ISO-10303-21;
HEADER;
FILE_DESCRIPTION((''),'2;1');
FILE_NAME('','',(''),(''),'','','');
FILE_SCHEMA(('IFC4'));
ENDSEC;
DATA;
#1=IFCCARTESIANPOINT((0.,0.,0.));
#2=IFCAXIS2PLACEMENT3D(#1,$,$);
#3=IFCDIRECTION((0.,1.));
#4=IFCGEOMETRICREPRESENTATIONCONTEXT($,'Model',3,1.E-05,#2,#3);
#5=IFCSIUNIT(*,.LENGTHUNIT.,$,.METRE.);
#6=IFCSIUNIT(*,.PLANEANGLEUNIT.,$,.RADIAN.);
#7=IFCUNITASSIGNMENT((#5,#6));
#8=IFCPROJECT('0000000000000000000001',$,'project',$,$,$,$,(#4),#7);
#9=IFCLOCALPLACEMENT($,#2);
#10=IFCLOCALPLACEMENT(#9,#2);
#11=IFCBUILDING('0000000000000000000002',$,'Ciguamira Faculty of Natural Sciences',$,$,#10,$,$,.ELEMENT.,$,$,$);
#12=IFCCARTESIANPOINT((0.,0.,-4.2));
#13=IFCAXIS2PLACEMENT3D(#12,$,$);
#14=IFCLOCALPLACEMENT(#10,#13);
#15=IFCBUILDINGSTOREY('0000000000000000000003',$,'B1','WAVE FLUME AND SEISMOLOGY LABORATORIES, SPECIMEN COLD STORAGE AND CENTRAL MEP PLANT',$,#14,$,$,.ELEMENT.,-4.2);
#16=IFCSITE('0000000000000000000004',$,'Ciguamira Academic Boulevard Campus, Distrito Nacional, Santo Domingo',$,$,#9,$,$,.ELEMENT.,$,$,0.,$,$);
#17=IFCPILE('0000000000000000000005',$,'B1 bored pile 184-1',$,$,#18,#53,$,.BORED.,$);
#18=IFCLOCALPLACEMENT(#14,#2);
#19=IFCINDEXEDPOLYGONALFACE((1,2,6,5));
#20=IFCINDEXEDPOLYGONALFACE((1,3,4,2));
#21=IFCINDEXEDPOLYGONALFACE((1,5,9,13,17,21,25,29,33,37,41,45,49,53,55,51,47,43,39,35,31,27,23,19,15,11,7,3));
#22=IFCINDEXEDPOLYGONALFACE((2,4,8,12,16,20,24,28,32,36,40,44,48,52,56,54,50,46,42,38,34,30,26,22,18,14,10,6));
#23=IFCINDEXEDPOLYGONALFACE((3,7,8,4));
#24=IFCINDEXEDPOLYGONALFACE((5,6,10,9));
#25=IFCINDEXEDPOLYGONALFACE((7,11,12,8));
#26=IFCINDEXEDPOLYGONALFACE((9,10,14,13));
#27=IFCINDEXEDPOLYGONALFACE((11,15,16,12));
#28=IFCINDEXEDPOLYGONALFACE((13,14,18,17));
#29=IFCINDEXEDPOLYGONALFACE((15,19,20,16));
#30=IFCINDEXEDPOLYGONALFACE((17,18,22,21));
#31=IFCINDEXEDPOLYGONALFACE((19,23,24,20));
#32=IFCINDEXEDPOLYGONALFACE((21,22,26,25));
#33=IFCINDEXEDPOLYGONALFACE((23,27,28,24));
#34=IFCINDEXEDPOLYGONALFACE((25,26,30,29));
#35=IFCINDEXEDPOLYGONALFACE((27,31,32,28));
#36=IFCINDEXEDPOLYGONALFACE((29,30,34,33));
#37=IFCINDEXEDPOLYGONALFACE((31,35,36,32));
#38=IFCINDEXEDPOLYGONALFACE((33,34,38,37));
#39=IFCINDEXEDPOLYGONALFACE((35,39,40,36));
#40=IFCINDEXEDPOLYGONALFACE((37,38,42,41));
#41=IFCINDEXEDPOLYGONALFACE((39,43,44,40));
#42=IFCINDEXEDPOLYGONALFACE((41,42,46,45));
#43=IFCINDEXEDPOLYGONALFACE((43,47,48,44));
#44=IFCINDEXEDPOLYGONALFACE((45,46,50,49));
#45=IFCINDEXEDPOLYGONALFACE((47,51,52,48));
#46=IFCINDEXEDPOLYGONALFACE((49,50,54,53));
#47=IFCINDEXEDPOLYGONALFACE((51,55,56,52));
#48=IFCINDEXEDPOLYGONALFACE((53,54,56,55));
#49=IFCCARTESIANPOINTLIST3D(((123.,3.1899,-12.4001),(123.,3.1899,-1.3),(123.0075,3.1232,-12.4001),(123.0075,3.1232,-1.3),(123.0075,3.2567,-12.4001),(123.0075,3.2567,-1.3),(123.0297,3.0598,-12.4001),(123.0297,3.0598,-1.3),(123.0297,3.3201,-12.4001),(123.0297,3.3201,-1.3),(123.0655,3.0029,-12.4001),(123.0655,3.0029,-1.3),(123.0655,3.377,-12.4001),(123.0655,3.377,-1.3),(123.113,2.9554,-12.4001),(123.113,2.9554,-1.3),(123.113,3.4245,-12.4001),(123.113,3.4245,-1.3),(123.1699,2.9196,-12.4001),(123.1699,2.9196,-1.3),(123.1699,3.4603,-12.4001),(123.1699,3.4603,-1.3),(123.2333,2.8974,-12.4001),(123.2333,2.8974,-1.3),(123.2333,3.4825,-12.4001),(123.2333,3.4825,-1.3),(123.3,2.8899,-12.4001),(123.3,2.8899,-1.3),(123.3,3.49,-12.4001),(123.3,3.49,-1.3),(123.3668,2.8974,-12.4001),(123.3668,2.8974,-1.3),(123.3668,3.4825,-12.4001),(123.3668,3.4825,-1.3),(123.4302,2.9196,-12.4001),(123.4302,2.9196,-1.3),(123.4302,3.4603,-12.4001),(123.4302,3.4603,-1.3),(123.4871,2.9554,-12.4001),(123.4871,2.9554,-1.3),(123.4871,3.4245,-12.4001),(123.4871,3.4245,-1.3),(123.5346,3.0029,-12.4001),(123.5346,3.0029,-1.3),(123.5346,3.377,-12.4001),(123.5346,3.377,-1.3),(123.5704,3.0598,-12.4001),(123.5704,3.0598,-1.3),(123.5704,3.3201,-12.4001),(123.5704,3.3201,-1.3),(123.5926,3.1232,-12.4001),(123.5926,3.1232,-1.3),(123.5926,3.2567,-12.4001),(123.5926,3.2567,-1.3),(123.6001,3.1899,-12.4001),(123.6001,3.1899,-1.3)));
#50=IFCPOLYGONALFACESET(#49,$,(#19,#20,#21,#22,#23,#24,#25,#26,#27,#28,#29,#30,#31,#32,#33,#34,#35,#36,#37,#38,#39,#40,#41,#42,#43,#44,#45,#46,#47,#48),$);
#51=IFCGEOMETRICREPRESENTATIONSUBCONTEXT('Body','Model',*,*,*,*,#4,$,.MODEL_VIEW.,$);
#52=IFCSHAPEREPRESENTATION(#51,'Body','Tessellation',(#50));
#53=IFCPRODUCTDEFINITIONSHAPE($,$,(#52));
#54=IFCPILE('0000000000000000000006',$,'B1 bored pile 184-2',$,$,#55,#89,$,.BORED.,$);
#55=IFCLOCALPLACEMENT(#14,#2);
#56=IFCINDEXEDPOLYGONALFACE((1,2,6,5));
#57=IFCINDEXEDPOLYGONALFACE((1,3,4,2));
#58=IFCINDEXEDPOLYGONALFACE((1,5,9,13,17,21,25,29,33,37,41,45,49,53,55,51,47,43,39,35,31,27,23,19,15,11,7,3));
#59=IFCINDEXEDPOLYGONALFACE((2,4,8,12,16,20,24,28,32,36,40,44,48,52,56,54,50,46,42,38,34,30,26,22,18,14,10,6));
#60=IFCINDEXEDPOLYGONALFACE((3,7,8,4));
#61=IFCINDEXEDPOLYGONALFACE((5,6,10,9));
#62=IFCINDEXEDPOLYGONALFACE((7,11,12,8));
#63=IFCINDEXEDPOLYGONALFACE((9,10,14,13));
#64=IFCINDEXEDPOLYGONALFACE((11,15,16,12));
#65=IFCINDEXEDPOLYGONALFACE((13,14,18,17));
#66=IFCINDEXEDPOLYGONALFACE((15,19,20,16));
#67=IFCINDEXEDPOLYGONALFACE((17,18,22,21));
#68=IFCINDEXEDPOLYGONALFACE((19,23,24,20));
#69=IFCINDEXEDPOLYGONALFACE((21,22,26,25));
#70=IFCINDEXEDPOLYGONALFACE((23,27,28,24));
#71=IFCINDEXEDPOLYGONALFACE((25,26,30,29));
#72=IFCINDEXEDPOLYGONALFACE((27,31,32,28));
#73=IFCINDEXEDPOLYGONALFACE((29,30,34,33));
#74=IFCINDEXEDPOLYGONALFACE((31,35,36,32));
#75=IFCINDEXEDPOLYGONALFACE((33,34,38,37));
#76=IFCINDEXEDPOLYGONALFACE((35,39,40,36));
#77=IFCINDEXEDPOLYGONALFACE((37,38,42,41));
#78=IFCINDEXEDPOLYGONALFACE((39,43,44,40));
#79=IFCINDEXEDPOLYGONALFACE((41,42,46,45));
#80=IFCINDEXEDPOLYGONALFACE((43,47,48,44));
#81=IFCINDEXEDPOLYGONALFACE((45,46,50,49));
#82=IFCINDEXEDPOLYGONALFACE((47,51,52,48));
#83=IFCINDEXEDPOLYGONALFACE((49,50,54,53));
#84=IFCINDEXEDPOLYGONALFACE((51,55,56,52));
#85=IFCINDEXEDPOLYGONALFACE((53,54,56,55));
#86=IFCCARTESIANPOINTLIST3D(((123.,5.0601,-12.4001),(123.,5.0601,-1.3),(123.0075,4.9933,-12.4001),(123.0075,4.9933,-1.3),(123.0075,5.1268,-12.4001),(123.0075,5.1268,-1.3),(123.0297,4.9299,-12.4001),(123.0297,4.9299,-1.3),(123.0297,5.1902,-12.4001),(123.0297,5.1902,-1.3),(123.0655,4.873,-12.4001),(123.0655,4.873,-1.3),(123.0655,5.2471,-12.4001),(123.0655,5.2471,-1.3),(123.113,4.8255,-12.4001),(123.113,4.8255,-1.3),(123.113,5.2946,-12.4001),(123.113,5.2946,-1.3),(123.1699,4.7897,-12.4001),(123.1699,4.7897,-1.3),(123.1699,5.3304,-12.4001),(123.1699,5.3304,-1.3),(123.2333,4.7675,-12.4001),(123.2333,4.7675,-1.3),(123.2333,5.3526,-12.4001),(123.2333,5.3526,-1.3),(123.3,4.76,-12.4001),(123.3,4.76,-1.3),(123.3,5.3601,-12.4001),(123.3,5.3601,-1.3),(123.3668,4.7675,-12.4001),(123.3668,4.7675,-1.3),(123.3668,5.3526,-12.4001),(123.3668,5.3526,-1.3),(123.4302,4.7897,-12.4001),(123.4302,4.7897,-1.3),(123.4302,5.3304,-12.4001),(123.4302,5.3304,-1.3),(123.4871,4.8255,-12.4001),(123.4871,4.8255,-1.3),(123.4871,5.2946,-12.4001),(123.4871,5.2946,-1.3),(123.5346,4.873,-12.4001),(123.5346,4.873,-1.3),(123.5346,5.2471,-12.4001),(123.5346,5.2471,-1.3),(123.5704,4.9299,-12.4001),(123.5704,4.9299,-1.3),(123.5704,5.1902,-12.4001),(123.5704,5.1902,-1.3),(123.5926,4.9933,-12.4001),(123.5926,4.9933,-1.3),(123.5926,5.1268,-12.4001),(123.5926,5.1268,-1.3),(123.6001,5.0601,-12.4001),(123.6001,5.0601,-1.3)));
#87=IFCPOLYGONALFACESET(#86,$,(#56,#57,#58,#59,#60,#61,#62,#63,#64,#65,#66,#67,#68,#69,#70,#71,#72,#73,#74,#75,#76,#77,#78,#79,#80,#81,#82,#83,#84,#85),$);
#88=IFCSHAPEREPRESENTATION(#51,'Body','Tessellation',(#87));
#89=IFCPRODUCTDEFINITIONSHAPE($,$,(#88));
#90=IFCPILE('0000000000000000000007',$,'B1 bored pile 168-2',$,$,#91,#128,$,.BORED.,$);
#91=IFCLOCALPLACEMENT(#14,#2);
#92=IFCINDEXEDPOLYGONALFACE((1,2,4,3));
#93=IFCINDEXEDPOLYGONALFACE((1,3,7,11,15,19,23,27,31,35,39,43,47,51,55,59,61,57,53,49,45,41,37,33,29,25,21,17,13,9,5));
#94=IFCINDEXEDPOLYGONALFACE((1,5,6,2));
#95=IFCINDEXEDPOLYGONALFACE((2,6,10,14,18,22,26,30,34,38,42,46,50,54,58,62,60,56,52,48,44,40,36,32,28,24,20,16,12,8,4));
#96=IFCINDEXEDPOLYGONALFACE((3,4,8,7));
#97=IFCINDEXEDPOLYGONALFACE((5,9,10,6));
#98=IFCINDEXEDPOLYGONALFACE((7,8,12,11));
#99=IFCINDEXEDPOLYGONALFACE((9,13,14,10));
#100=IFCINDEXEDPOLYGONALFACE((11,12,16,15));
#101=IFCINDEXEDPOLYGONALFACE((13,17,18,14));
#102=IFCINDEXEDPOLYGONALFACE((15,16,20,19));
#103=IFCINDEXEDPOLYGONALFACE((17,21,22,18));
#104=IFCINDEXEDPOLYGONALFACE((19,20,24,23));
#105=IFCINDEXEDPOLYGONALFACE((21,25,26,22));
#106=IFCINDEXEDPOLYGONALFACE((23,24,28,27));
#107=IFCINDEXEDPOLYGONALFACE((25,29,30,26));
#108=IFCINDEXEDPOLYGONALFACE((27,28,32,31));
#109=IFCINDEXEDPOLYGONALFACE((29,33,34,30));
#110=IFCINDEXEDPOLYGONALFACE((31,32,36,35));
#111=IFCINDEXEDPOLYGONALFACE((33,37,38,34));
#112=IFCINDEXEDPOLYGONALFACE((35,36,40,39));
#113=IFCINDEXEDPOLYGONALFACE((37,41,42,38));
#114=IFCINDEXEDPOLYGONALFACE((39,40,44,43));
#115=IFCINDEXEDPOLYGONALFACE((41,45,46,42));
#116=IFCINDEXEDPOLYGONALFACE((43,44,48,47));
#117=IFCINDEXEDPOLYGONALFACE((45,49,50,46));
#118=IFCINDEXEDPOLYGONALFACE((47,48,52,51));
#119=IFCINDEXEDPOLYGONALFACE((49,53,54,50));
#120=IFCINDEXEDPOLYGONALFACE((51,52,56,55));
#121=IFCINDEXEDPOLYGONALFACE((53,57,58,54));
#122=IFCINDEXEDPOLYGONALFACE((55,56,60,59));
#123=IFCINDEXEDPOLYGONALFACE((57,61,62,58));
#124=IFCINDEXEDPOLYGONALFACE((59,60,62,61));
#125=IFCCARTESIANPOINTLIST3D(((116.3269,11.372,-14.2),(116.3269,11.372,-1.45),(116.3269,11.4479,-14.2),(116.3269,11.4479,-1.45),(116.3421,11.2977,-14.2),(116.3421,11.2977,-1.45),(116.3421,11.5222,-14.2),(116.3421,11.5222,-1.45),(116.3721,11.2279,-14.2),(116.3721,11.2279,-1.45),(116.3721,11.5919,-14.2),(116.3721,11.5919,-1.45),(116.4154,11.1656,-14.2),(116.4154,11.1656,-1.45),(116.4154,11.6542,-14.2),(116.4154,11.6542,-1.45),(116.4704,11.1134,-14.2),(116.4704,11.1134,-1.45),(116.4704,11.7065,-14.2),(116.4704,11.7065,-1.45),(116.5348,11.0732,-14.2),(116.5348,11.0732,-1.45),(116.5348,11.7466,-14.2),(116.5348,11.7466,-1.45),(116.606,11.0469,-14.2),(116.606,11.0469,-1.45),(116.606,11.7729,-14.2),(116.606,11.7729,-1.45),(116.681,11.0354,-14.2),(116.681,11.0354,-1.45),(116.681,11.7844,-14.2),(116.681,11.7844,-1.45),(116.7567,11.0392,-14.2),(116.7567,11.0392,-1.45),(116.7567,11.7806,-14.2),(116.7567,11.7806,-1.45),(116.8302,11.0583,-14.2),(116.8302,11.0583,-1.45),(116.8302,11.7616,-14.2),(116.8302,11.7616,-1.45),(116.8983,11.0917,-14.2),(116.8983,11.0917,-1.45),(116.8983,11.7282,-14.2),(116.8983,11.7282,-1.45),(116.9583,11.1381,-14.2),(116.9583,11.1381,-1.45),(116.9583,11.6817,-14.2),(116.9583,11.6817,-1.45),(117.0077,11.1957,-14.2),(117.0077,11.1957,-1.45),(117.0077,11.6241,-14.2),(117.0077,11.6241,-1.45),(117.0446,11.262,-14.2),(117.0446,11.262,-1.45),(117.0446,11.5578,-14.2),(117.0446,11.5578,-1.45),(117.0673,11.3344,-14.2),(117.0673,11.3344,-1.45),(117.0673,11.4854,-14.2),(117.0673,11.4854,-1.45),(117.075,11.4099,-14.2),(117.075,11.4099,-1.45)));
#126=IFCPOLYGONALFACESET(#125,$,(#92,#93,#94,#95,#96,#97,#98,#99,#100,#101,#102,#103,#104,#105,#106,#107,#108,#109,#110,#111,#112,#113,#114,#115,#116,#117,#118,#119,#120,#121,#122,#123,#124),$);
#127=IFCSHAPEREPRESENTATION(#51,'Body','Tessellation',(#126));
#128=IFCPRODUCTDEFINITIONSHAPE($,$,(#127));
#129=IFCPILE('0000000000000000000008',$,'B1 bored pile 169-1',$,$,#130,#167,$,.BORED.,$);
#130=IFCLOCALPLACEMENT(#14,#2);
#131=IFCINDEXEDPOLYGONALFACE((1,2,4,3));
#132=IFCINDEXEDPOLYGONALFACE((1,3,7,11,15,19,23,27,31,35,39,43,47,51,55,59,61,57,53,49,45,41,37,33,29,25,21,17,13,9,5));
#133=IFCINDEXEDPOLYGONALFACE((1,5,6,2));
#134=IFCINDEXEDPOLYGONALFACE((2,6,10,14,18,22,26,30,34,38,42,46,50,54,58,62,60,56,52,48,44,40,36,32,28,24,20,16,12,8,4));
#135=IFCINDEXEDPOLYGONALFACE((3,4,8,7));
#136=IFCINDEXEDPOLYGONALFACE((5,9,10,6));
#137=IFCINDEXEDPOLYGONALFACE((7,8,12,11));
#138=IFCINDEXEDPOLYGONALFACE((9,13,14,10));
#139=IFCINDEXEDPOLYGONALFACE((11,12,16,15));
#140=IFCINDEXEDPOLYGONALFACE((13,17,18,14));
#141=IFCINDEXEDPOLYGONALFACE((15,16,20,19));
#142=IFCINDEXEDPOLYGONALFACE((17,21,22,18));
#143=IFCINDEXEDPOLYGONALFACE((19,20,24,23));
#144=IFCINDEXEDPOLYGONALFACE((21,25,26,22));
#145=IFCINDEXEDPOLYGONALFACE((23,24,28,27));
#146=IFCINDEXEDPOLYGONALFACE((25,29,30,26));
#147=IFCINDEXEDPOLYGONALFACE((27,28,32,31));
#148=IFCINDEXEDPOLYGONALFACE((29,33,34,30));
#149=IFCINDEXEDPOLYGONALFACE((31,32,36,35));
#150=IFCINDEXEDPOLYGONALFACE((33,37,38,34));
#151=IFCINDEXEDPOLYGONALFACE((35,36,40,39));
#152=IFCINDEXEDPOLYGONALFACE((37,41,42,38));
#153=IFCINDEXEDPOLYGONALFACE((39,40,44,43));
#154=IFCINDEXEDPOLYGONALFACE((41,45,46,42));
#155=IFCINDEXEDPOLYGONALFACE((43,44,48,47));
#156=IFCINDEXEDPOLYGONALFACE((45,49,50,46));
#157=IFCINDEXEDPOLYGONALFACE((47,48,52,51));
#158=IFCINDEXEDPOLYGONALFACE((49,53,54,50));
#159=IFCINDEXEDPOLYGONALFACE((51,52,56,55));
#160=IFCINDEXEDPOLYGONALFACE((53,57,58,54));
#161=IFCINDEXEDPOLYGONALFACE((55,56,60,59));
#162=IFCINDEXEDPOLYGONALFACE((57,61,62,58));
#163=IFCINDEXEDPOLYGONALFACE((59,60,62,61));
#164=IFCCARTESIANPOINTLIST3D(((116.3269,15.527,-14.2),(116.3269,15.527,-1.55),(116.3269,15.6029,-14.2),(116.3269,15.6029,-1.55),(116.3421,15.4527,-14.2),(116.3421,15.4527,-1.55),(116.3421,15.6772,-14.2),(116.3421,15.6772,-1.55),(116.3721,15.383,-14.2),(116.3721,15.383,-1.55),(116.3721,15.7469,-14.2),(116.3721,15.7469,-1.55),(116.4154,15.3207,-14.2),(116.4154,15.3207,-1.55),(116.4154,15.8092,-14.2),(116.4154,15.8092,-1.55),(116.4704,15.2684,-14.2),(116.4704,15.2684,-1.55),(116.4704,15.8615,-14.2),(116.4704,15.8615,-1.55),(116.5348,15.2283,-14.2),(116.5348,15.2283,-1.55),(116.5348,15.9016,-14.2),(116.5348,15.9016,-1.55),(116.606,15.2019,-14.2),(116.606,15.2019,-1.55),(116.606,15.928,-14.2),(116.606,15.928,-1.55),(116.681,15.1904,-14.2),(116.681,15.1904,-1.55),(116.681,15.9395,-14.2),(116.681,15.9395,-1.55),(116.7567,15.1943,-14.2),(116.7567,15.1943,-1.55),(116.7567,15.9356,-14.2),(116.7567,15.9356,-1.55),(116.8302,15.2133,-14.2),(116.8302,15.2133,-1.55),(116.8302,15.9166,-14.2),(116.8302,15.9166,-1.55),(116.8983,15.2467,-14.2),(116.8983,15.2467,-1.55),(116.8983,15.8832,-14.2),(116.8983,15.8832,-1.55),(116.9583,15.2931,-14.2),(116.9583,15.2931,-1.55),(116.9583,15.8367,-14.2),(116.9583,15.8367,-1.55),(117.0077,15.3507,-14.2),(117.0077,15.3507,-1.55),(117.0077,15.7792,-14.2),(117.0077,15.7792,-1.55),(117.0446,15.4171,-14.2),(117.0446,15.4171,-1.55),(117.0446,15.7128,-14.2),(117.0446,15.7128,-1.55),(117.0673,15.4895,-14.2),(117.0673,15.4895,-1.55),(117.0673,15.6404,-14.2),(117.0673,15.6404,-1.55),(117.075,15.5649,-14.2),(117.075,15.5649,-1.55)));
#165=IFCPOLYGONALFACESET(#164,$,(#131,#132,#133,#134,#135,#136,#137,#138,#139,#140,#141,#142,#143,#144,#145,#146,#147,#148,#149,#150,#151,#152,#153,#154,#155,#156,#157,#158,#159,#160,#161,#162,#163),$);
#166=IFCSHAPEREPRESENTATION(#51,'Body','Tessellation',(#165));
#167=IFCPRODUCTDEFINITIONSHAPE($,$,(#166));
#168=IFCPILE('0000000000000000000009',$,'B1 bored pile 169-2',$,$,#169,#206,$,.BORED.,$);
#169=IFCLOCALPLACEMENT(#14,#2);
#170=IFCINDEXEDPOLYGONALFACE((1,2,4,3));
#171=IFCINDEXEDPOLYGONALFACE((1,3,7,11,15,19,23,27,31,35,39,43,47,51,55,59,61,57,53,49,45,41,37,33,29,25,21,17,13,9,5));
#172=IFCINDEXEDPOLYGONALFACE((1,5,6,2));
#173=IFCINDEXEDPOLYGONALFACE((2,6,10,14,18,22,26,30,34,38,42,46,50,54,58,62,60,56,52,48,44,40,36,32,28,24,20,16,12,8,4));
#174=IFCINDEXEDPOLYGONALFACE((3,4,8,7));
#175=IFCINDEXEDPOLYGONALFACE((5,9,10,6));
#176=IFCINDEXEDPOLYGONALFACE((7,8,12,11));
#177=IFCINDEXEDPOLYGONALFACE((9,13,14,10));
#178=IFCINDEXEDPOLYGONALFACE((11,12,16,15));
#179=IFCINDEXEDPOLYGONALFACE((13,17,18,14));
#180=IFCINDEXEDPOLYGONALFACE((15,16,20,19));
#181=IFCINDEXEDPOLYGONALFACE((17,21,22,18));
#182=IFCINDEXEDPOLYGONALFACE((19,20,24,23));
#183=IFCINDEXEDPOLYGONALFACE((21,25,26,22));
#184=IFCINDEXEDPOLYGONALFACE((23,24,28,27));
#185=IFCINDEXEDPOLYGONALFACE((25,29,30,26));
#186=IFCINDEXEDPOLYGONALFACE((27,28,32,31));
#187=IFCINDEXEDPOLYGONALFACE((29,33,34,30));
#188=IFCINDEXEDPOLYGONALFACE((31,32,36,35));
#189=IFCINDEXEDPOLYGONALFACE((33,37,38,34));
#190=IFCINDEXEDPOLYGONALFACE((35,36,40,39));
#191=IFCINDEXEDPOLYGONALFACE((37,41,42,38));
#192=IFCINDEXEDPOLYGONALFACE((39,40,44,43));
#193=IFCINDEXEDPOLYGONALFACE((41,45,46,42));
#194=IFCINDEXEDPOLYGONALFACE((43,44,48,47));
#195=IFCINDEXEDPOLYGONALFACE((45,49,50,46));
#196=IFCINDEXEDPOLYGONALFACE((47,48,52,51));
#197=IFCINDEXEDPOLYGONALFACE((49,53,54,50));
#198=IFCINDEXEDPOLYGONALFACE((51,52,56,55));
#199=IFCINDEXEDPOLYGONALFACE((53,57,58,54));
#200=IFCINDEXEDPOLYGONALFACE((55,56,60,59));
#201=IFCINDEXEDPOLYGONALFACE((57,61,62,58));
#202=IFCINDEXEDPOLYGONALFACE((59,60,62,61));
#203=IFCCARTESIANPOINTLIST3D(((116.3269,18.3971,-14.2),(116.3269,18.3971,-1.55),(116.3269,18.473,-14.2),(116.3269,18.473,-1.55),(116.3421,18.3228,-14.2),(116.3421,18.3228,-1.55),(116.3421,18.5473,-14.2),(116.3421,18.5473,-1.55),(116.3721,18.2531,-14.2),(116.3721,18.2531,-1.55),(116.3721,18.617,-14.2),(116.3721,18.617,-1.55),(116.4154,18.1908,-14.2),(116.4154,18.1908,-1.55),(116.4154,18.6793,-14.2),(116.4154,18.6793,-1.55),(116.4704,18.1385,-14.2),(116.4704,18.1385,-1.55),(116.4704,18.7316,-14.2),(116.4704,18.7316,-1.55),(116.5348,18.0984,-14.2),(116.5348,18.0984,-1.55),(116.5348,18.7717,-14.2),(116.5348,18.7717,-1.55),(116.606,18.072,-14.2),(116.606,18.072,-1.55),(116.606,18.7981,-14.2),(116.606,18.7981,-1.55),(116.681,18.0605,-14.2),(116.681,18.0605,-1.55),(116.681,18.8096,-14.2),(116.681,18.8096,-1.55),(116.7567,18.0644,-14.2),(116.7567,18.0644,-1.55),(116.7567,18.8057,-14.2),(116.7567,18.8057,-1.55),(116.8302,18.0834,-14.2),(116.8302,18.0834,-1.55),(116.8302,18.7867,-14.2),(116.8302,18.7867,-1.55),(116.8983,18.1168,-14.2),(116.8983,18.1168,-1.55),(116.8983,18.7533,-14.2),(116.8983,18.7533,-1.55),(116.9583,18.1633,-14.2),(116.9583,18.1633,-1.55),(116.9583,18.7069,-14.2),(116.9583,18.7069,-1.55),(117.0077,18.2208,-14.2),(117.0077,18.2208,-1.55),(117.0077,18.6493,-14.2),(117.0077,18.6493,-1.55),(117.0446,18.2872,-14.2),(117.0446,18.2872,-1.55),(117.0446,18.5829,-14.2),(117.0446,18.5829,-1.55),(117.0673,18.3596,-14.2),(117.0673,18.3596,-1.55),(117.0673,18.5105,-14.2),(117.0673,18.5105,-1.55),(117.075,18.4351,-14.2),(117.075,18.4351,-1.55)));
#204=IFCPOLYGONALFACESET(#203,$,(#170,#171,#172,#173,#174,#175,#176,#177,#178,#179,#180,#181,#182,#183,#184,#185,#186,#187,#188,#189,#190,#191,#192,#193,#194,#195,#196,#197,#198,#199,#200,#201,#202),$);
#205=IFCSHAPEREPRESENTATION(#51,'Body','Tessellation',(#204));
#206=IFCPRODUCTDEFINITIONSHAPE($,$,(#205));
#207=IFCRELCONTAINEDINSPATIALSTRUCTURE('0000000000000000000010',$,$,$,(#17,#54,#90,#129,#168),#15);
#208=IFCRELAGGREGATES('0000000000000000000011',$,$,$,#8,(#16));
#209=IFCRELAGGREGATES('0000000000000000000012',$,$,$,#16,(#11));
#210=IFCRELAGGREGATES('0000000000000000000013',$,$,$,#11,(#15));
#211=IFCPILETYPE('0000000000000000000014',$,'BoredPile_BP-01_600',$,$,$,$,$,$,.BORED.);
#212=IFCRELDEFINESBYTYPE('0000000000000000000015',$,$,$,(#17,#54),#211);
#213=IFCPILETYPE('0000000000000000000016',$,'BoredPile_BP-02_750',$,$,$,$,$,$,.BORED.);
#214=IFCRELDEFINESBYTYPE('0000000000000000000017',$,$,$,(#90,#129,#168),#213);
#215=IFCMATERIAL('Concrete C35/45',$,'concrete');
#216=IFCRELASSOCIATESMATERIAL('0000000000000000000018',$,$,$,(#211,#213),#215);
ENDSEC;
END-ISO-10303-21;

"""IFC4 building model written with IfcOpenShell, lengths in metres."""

from ifc_helpers import new_model, si_unit, direction, frame, origin, origin_2d, place, context, subcontext, project, spatial, circle, extrude, material, material_profile, profile_set, type_object, element, save


model = new_model("IFC4")

# Units and contexts
model_context = context("Model", 3, precision=1e-05, world=origin(), true_north=direction((0.0, 1.0)))
body_context = subcontext(model_context, "Body", "Model", "MODEL_VIEW")
ifc_project = project(units=[si_unit("LENGTHUNIT", "METRE"), si_unit("PLANEANGLEUNIT", "RADIAN")], contexts=[model_context])

# Site, building, storey
site_placement = place(None, origin())
site = spatial("IfcSite", under=ifc_project, at=site_placement, Name="Ciguamira Academic Boulevard Campus, Distrito Nacional, Santo Domingo", CompositionType="ELEMENT", RefElevation=0.0)
building_placement = place(site_placement, origin())
building = spatial("IfcBuilding", under=site, at=building_placement, Name="Ciguamira Faculty of Natural Sciences", CompositionType="ELEMENT")
storey_placement = place(building_placement, frame((0.0, 0.0, -4.2)))
storey = spatial("IfcBuildingStorey", under=building, at=storey_placement, Name="B1", Description="WAVE FLUME AND SEISMOLOGY LABORATORIES, SPECIMEN COLD STORAGE AND CENTRAL MEP PLANT", CompositionType="ELEMENT", Elevation=-4.2)

# Piles
ifc_material_1 = material(Name="Concrete C35/45", Category="concrete")
ifc_material_profile_1 = material_profile(ifc_material_1, circle(Radius=0.3, at=origin_2d()), Name="PILE-BORED-600")
ifc_profile_set_1 = profile_set([ifc_material_profile_1], Name="Concrete C35/45")
pile_type_1 = type_object("IfcPileType", Name="BoredPile_BP-01_600", PredefinedType="BORED", material=ifc_profile_set_1)
for number, where, z_axis, x_axis, name in (
    (1, (123.3, 3.1899, -1.3), (0.0, 0.0, -1.0), (1.0, 0.0, 0.0), "B1 bored pile 184-1"),
    (2, (123.3, 5.0601, -1.3), (0.0, 0.0, -1.0), (1.0, 0.0, 0.0), "B1 bored pile 184-2"),
):
    element("IfcPile", number, at=place(storey_placement, frame(where, z_axis=z_axis, x_axis=x_axis)), inside=storey, type_object=pile_type_1, Name=name, PredefinedType="BORED", context=body_context, shape_type="SweptSolid", body=[
        extrude(circle(Radius=0.3, at=origin_2d()), origin(), (0.0, 0.0, 1.0), 11.1001),
    ])
ifc_material_profile_2 = material_profile(ifc_material_1, circle(Radius=0.375, at=origin_2d()), Name="PILE-BORED-750")
ifc_profile_set_2 = profile_set([ifc_material_profile_2], Name="Concrete C35/45")
pile_type_2 = type_object("IfcPileType", Name="BoredPile_BP-02_750", PredefinedType="BORED", material=ifc_profile_set_2)
pile_1_placement = place(storey_placement, frame((116.7, 11.4099, -1.45), z_axis=(0.0, 0.0, -1.0), x_axis=(1.0, 0.0, 0.0)))
element("IfcPile", 3, at=pile_1_placement, inside=storey, type_object=pile_type_2, Name="B1 bored pile 168-2", PredefinedType="BORED", context=body_context, shape_type="SweptSolid", body=[
    extrude(circle(Radius=0.375, at=origin_2d()), origin(), (0.0, 0.0, 1.0), 12.75),
])
for number, where, z_axis, x_axis, name in (
    (4, (116.7, 15.5649, -1.55), (0.0, 0.0, -1.0), (1.0, 0.0, 0.0), "B1 bored pile 169-1"),
    (5, (116.7, 18.4351, -1.55), (0.0, 0.0, -1.0), (1.0, 0.0, 0.0), "B1 bored pile 169-2"),
):
    element("IfcPile", number, at=place(storey_placement, frame(where, z_axis=z_axis, x_axis=x_axis)), inside=storey, type_object=pile_type_2, Name=name, PredefinedType="BORED", context=body_context, shape_type="SweptSolid", body=[
        extrude(circle(Radius=0.375, at=origin_2d()), origin(), (0.0, 0.0, 1.0), 12.6499),
    ])

save(model, "model.ifc")
